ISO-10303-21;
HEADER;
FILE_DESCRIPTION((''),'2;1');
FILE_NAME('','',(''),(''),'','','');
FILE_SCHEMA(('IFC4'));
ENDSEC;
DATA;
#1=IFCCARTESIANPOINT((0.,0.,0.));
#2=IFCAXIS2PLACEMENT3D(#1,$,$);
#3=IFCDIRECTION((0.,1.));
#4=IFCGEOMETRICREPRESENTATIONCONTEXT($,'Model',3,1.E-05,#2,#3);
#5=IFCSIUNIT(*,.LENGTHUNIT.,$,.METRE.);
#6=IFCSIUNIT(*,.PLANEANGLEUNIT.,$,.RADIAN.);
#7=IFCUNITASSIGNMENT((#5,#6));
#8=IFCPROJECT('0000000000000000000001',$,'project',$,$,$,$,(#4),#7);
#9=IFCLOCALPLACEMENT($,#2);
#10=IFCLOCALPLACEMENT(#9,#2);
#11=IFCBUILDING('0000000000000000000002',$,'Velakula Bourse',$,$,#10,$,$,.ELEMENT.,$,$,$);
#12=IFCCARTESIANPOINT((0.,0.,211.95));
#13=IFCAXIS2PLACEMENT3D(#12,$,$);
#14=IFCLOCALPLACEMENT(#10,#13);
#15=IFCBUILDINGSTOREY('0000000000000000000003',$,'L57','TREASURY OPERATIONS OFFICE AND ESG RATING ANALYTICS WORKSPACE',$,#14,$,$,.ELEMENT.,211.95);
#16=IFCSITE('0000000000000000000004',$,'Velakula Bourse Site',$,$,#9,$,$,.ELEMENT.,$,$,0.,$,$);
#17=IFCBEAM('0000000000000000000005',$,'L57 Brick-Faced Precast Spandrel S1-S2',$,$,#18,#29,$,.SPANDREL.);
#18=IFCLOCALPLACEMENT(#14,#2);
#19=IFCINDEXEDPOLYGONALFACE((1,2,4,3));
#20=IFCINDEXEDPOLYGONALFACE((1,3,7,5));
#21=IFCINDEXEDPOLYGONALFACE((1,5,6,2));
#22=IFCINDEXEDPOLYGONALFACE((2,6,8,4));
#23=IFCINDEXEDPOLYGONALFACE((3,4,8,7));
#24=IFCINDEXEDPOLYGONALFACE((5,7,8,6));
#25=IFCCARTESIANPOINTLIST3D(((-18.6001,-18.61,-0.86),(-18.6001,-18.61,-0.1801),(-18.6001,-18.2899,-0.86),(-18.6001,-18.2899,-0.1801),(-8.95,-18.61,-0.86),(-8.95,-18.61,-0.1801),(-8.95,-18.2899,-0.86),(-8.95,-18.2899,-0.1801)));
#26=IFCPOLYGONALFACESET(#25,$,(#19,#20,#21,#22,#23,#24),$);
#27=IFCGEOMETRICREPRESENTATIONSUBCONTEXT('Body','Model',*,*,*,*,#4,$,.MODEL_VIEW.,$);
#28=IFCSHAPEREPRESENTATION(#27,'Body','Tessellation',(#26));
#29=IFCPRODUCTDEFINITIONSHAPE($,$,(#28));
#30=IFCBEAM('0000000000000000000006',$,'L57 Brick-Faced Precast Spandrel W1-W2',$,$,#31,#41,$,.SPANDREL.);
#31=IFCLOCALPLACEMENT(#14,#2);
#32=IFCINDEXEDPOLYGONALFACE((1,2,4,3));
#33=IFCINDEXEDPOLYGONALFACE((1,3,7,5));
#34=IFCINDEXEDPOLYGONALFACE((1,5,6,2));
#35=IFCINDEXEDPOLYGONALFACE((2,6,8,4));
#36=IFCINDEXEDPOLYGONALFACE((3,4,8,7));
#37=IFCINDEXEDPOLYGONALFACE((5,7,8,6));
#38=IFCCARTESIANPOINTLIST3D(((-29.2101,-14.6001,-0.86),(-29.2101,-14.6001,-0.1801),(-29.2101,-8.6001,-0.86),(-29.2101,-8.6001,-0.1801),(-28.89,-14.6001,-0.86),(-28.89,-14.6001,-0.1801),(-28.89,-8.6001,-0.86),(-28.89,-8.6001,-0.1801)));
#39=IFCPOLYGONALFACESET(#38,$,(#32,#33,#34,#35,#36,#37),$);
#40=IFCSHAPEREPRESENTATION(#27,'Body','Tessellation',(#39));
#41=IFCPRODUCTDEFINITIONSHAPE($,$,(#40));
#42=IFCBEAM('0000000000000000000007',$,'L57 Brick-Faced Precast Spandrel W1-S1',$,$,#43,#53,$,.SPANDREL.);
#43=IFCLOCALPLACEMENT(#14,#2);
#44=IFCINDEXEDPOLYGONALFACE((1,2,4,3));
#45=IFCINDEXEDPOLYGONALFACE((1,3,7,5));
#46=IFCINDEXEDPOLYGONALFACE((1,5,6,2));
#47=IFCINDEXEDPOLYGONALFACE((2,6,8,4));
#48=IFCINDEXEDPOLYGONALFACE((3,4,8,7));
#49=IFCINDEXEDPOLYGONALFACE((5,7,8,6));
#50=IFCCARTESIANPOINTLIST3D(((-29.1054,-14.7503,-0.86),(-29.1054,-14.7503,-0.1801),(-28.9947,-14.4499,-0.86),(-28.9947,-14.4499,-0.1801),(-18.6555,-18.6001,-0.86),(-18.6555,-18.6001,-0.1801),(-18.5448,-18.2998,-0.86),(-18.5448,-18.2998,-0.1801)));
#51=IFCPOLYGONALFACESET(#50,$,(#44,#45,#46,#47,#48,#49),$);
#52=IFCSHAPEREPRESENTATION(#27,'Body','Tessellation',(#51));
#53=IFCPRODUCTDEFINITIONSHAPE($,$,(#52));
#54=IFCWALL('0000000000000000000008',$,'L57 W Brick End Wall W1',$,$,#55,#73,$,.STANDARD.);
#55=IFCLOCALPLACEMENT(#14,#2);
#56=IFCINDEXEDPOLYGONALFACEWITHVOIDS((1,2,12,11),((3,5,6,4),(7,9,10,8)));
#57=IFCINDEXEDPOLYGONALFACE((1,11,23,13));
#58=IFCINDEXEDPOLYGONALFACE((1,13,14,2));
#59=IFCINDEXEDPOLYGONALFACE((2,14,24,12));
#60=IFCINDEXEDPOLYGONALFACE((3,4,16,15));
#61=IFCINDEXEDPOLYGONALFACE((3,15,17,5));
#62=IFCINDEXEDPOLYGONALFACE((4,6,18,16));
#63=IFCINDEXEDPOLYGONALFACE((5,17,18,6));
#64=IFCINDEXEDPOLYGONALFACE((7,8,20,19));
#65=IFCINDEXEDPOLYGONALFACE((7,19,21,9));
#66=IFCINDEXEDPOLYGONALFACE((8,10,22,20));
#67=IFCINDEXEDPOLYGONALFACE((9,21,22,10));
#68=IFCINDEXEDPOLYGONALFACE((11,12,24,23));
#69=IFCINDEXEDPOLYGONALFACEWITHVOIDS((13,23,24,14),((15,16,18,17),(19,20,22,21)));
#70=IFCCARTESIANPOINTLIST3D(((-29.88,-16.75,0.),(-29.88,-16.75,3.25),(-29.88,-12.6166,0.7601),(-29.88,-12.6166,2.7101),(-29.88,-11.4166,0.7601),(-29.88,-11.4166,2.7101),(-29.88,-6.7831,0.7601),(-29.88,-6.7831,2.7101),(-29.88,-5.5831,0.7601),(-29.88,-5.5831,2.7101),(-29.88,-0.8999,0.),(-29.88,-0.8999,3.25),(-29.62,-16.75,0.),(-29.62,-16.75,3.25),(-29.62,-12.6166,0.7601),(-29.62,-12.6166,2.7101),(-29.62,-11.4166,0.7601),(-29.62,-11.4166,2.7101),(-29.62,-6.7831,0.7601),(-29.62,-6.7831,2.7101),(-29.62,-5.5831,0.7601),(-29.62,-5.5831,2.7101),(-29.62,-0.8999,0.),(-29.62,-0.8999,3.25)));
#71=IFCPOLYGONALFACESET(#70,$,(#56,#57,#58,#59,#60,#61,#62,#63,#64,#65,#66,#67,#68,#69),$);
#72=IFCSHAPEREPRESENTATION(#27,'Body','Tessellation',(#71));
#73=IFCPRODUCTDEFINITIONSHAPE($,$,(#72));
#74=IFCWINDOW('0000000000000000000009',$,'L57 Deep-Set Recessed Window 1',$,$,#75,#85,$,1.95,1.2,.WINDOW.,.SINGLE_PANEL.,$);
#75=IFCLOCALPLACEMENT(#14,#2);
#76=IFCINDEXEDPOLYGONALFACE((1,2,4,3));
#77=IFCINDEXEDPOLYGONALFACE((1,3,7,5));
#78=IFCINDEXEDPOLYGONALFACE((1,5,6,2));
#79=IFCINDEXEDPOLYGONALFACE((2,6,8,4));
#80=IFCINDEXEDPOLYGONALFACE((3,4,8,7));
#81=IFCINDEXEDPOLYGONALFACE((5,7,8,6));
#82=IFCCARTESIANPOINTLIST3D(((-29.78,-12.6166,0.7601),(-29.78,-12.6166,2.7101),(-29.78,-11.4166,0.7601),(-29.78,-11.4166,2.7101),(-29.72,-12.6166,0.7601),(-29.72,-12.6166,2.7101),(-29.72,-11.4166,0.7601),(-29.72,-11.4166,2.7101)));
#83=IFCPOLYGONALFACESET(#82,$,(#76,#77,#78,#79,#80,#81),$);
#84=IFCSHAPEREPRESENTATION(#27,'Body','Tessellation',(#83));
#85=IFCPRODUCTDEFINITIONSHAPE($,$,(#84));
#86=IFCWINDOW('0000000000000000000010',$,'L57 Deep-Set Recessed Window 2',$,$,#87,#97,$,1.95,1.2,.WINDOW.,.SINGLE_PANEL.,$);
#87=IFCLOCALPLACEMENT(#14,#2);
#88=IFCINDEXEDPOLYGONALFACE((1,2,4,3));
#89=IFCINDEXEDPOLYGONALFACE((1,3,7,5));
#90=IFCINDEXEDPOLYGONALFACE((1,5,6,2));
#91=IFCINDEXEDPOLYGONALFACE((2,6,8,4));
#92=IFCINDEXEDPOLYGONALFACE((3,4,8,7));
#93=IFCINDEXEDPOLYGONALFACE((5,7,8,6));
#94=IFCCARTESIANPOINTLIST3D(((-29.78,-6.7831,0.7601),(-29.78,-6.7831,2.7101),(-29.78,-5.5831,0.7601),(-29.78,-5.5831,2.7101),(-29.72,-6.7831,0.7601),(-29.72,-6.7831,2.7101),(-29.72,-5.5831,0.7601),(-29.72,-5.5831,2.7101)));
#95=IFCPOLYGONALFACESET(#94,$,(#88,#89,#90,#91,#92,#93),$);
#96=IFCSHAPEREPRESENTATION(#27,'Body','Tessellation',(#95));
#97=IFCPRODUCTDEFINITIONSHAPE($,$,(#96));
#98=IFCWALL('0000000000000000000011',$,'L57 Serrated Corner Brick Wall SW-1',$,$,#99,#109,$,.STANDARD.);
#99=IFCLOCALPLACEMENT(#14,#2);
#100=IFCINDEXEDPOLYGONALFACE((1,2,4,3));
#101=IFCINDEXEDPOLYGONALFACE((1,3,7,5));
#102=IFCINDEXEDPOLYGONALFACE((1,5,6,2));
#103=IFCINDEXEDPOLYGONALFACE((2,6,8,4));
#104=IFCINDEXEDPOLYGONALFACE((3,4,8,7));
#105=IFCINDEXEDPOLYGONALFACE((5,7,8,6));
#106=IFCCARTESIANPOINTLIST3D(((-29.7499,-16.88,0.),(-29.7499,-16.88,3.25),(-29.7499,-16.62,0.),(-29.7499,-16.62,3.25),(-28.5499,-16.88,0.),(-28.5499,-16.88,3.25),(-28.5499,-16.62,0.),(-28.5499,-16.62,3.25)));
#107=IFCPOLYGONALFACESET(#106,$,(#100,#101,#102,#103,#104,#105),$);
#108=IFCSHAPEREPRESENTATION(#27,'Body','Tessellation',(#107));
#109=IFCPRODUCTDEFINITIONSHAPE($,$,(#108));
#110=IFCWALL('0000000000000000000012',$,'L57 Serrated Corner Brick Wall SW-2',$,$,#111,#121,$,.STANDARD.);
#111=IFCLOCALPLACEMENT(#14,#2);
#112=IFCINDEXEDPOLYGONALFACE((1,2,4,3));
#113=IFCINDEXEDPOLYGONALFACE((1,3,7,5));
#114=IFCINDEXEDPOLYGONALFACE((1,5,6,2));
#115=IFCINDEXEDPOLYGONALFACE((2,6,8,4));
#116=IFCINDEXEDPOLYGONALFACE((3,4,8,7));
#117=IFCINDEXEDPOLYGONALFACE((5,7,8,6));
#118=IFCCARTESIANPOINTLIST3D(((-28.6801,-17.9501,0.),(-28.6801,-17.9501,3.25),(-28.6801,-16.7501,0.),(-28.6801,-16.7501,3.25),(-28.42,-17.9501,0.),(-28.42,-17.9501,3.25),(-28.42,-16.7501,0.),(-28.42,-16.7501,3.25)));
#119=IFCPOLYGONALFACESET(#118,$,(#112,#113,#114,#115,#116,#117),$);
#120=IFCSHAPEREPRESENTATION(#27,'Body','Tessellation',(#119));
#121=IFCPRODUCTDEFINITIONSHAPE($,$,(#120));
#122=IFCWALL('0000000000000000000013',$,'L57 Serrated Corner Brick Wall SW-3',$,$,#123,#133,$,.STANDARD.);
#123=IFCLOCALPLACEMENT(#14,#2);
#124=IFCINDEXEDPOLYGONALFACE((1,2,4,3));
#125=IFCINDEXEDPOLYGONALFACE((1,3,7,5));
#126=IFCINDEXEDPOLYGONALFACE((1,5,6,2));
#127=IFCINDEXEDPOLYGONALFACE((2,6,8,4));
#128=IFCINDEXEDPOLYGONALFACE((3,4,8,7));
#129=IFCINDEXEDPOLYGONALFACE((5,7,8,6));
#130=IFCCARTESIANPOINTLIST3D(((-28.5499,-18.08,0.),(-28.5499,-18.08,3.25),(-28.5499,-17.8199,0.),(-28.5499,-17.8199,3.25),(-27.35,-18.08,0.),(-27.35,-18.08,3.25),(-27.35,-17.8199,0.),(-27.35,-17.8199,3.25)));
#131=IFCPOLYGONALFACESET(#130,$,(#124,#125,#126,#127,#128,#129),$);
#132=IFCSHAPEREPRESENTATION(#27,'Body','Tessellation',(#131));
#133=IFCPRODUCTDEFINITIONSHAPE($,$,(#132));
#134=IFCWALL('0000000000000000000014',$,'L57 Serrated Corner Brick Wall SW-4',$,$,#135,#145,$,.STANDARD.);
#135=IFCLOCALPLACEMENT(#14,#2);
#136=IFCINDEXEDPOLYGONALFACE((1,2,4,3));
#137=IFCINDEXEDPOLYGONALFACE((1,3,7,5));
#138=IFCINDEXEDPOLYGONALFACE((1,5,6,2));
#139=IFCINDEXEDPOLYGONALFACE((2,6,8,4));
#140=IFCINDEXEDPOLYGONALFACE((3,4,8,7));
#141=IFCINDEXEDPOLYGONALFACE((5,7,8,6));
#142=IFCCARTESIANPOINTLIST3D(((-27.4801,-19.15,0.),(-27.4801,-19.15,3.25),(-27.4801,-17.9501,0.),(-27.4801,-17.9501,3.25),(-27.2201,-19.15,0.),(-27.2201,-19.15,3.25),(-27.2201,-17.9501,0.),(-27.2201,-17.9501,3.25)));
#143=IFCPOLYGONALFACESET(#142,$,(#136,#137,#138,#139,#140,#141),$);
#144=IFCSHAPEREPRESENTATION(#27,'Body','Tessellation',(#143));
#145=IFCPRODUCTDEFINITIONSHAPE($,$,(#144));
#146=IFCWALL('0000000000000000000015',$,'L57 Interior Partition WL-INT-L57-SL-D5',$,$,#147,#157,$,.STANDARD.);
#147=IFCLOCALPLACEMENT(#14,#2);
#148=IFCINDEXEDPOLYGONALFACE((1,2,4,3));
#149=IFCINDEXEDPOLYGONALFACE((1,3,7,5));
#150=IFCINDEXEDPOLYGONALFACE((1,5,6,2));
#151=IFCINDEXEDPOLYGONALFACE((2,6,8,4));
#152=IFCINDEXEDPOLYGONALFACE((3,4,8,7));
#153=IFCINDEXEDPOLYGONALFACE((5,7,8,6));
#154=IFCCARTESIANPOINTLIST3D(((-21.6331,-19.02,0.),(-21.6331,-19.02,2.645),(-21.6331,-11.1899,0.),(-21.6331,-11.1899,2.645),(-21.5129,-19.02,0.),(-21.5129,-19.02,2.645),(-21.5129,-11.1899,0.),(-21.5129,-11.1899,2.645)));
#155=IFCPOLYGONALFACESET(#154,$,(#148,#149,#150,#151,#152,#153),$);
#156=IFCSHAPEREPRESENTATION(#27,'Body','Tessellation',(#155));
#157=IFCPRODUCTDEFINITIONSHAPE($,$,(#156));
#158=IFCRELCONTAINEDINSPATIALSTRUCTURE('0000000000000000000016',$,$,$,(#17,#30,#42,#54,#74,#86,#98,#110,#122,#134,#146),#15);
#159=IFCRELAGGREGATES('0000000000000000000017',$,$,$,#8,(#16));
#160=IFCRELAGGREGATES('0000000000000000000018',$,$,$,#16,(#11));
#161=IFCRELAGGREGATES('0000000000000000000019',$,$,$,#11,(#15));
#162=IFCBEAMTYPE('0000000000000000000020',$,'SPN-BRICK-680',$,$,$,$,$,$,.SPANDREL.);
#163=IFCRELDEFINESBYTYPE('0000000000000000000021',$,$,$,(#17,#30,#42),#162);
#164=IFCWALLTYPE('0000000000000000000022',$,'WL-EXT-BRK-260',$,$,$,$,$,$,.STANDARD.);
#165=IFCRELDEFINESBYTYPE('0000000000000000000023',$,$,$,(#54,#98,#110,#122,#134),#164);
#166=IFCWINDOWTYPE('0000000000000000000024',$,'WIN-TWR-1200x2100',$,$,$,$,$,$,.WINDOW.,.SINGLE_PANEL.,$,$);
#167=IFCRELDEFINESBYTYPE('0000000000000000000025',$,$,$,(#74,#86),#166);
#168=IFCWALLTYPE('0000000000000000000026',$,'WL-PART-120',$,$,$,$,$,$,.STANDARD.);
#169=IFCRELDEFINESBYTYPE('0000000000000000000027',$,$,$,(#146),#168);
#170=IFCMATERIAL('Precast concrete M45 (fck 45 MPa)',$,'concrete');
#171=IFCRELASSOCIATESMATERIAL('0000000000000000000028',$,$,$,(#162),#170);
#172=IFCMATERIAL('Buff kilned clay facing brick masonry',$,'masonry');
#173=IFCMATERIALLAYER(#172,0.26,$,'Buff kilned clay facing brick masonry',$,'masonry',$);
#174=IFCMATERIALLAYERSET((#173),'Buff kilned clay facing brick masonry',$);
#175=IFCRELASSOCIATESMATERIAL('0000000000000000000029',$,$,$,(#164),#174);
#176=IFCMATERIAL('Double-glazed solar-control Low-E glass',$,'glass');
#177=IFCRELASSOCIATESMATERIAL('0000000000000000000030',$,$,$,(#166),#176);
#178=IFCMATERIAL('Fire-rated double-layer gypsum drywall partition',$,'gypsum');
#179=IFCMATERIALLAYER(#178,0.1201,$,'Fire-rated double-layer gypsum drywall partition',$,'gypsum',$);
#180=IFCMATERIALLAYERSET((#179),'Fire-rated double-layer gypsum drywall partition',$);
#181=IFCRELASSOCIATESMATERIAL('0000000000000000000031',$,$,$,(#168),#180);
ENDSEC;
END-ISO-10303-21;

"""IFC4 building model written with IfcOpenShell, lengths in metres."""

from ifc_helpers import new_model, si_unit, direction, frame, frame_2d, origin, origin_2d, place, context, subcontext, project, spatial, rectangle, extrude, material, layer, layer_set, material_profile, profile_set, type_object, element, fill, save


model = new_model("IFC4")

# Units and contexts
model_context = context("Model", 3, precision=1e-05, world=origin(), true_north=direction((0.0, 1.0)))
body_context = subcontext(model_context, "Body", "Model", "MODEL_VIEW")
ifc_project = project(units=[si_unit("LENGTHUNIT", "METRE"), si_unit("PLANEANGLEUNIT", "RADIAN")], contexts=[model_context])

# Site, building, storey
site_placement = place(None, origin())
site = spatial("IfcSite", under=ifc_project, at=site_placement, Name="Velakula Bourse Site", CompositionType="ELEMENT", RefElevation=0.0)
building_placement = place(site_placement, origin())
building = spatial("IfcBuilding", under=site, at=building_placement, Name="Velakula Bourse", CompositionType="ELEMENT")
storey_placement = place(building_placement, frame((0.0, 0.0, 211.95)))
storey = spatial("IfcBuildingStorey", under=building, at=storey_placement, Name="L57", Description="TREASURY OPERATIONS OFFICE AND ESG RATING ANALYTICS WORKSPACE", CompositionType="ELEMENT", Elevation=211.95)

# Shared definitions
ifc_material_1 = material(Name="Precast concrete M45 (fck 45 MPa)", Category="concrete")

# Beams
ifc_material_profile_1 = material_profile(ifc_material_1, rectangle(XDim=0.3201, YDim=0.6799, at=origin_2d()), Name="Precast concrete M45 (fck 45 MPa)")
ifc_profile_set_1 = profile_set([ifc_material_profile_1], Name="Precast concrete M45 (fck 45 MPa)")
beam_type_1 = type_object("IfcBeamType", Name="SPN-BRICK-680", PredefinedType="SPANDREL", material=ifc_profile_set_1)
beam_1_placement = place(storey_placement, frame((-18.6001, -18.45, -0.52), z_axis=(1.0, 0.0, 0.0), x_axis=(0.0, 1.0, 0.0)))
element("IfcBeam", 1, at=beam_1_placement, inside=storey, type_object=beam_type_1, Name="L57 Brick-Faced Precast Spandrel S1-S2", PredefinedType="SPANDREL", context=body_context, shape_type="SweptSolid", body=[
    extrude(rectangle(XDim=0.3201, YDim=0.6799, at=origin_2d()), origin(), (0.0, 0.0, 1.0), 9.6501),
])
beam_2_placement = place(storey_placement, frame((-29.05, -14.6001, -0.52), z_axis=(0.0, 1.0, 0.0), x_axis=(-1.0, 0.0, 0.0)))
element("IfcBeam", 2, at=beam_2_placement, inside=storey, type_object=beam_type_1, Name="L57 Brick-Faced Precast Spandrel W1-W2", PredefinedType="SPANDREL", context=body_context, shape_type="SweptSolid", body=[
    extrude(rectangle(XDim=0.3201, YDim=0.6799, at=origin_2d()), origin(), (0.0, 0.0, 1.0), 6.0),
])
beam_3_placement = place(storey_placement, frame((-29.05, -14.6001, -0.52), z_axis=(0.938347, -0.345695, 0.0), x_axis=(0.345695, 0.938347, 0.0)))
element("IfcBeam", 3, at=beam_3_placement, inside=storey, type_object=beam_type_1, Name="L57 Brick-Faced Precast Spandrel W1-S1", PredefinedType="SPANDREL", context=body_context, shape_type="SweptSolid", body=[
    extrude(rectangle(XDim=0.3201, YDim=0.6799, at=origin_2d()), origin(), (0.0, 0.0, 1.0), 11.1365),
])

# Wall, openings, windows
ifc_material_2 = material(Name="Buff kilned clay facing brick masonry", Category="masonry")
ifc_layer_1 = layer(ifc_material_2, 0.26, Name="Buff kilned clay facing brick masonry", Category="masonry")
ifc_layer_set_1 = layer_set([ifc_layer_1], Name="Buff kilned clay facing brick masonry")
wall_type_1 = type_object("IfcWallType", Name="WL-EXT-BRK-260", PredefinedType="STANDARD", material=ifc_layer_set_1)
wall_1_placement = place(storey_placement, frame((-29.75, -16.75, 0.0), z_axis=(0.0, 0.0, 1.0), x_axis=(0.0, 1.0, 0.0)))
wall_1 = element("IfcWall", 4, at=wall_1_placement, inside=storey, type_object=wall_type_1, Name="L57 W Brick End Wall W1", PredefinedType="STANDARD", context=body_context, shape_type="SweptSolid", body=[
    extrude(rectangle(XDim=15.8501, YDim=0.26, at=frame_2d((7.925, 0.0))), origin(), (0.0, 0.0, 1.0), 3.25),
])
opening_1_placement = place(wall_1_placement, frame((4.1333, 0.0, 0.76)))
opening_1 = element("IfcOpeningElement", 5, at=opening_1_placement, cuts=wall_1, PredefinedType="OPENING", context=body_context, shape_type="SweptSolid", body=[
    extrude(rectangle(XDim=1.2, YDim=1.95, at=frame_2d((0.6001, 0.9751))), frame((0.0, 0.1399, 0.0), z_axis=(0.0, -1.0, 0.0), x_axis=(1.0, 0.0, 0.0)), (0.0, 0.0, 1.0), 0.28),
])
opening_2_placement = place(wall_1_placement, frame((9.9668, 0.0, 0.76)))
opening_2 = element("IfcOpeningElement", 6, at=opening_2_placement, cuts=wall_1, PredefinedType="OPENING", context=body_context, shape_type="SweptSolid", body=[
    extrude(rectangle(XDim=1.2, YDim=1.95, at=frame_2d((0.6001, 0.9751))), frame((0.0, 0.1399, 0.0), z_axis=(0.0, -1.0, 0.0), x_axis=(1.0, 0.0, 0.0)), (0.0, 0.0, 1.0), 0.28),
])
ifc_material_3 = material(Name="Double-glazed solar-control Low-E glass", Category="glass")
window_type = type_object("IfcWindowType", Name="WIN-TWR-1200x2100", PartitioningType="SINGLE_PANEL", PredefinedType="WINDOW", material=ifc_material_3)
window_1_placement = place(opening_1_placement, origin())
window_1 = element("IfcWindow", 7, at=window_1_placement, inside=storey, type_object=window_type, Name="L57 Deep-Set Recessed Window 1", OverallHeight=1.95, OverallWidth=1.2, PartitioningType="SINGLE_PANEL", PredefinedType="WINDOW", context=body_context, shape_type="SweptSolid", body=[
    extrude(rectangle(XDim=1.2, YDim=1.95, at=frame_2d((0.6001, 0.9751))), frame((0.0, 0.03, 0.0), z_axis=(0.0, -1.0, 0.0), x_axis=(1.0, 0.0, 0.0)), (0.0, 0.0, 1.0), 0.0601),
])
fill(opening_1, window_1)
window_2_placement = place(opening_2_placement, origin())
window_2 = element("IfcWindow", 8, at=window_2_placement, inside=storey, type_object=window_type, Name="L57 Deep-Set Recessed Window 2", OverallHeight=1.95, OverallWidth=1.2, PartitioningType="SINGLE_PANEL", PredefinedType="WINDOW", context=body_context, shape_type="SweptSolid", body=[
    extrude(rectangle(XDim=1.2, YDim=1.95, at=frame_2d((0.6001, 0.9751))), frame((0.0, 0.03, 0.0), z_axis=(0.0, -1.0, 0.0), x_axis=(1.0, 0.0, 0.0)), (0.0, 0.0, 1.0), 0.0601),
])
fill(opening_2, window_2)

# Walls
for number, where, z_axis, x_axis, name in (
    (9, (-29.75, -16.75, 0.0), (0.0, 0.0, 1.0), (1.0, 0.0, 0.0), "L57 Serrated Corner Brick Wall SW-1"),
    (10, (-28.55, -16.75, 0.0), (0.0, 0.0, 1.0), (0.0, -1.0, 0.0), "L57 Serrated Corner Brick Wall SW-2"),
    (11, (-28.55, -17.95, 0.0), (0.0, 0.0, 1.0), (1.0, 0.0, 0.0), "L57 Serrated Corner Brick Wall SW-3"),
    (12, (-27.3501, -17.95, 0.0), (0.0, 0.0, 1.0), (0.0, -1.0, 0.0), "L57 Serrated Corner Brick Wall SW-4"),
):
    element("IfcWall", number, at=place(storey_placement, frame(where, z_axis=z_axis, x_axis=x_axis)), inside=storey, type_object=wall_type_1, Name=name, PredefinedType="STANDARD", context=body_context, shape_type="SweptSolid", body=[
        extrude(rectangle(XDim=1.2, YDim=0.26, at=frame_2d((0.6001, 0.0))), origin(), (0.0, 0.0, 1.0), 3.25),
    ])
ifc_material_4 = material(Name="Fire-rated double-layer gypsum drywall partition", Category="gypsum")
ifc_layer_2 = layer(ifc_material_4, 0.1201, Name="Fire-rated double-layer gypsum drywall partition", Category="gypsum")
ifc_layer_set_2 = layer_set([ifc_layer_2], Name="Fire-rated double-layer gypsum drywall partition")
wall_type_2 = type_object("IfcWallType", Name="WL-PART-120", PredefinedType="STANDARD", material=ifc_layer_set_2)
wall_2_placement = place(storey_placement, frame((-21.573, -19.02, 0.0), z_axis=(0.0, 0.0, 1.0), x_axis=(0.0, 1.0, 0.0)))
element("IfcWall", 13, at=wall_2_placement, inside=storey, type_object=wall_type_2, Name="L57 Interior Partition WL-INT-L57-SL-D5", PredefinedType="STANDARD", context=body_context, shape_type="SweptSolid", body=[
    extrude(rectangle(XDim=7.8301, YDim=0.1201, at=frame_2d((3.915, 0.0))), origin(), (0.0, 0.0, 1.0), 2.645),
])

save(model, "model.ifc")
